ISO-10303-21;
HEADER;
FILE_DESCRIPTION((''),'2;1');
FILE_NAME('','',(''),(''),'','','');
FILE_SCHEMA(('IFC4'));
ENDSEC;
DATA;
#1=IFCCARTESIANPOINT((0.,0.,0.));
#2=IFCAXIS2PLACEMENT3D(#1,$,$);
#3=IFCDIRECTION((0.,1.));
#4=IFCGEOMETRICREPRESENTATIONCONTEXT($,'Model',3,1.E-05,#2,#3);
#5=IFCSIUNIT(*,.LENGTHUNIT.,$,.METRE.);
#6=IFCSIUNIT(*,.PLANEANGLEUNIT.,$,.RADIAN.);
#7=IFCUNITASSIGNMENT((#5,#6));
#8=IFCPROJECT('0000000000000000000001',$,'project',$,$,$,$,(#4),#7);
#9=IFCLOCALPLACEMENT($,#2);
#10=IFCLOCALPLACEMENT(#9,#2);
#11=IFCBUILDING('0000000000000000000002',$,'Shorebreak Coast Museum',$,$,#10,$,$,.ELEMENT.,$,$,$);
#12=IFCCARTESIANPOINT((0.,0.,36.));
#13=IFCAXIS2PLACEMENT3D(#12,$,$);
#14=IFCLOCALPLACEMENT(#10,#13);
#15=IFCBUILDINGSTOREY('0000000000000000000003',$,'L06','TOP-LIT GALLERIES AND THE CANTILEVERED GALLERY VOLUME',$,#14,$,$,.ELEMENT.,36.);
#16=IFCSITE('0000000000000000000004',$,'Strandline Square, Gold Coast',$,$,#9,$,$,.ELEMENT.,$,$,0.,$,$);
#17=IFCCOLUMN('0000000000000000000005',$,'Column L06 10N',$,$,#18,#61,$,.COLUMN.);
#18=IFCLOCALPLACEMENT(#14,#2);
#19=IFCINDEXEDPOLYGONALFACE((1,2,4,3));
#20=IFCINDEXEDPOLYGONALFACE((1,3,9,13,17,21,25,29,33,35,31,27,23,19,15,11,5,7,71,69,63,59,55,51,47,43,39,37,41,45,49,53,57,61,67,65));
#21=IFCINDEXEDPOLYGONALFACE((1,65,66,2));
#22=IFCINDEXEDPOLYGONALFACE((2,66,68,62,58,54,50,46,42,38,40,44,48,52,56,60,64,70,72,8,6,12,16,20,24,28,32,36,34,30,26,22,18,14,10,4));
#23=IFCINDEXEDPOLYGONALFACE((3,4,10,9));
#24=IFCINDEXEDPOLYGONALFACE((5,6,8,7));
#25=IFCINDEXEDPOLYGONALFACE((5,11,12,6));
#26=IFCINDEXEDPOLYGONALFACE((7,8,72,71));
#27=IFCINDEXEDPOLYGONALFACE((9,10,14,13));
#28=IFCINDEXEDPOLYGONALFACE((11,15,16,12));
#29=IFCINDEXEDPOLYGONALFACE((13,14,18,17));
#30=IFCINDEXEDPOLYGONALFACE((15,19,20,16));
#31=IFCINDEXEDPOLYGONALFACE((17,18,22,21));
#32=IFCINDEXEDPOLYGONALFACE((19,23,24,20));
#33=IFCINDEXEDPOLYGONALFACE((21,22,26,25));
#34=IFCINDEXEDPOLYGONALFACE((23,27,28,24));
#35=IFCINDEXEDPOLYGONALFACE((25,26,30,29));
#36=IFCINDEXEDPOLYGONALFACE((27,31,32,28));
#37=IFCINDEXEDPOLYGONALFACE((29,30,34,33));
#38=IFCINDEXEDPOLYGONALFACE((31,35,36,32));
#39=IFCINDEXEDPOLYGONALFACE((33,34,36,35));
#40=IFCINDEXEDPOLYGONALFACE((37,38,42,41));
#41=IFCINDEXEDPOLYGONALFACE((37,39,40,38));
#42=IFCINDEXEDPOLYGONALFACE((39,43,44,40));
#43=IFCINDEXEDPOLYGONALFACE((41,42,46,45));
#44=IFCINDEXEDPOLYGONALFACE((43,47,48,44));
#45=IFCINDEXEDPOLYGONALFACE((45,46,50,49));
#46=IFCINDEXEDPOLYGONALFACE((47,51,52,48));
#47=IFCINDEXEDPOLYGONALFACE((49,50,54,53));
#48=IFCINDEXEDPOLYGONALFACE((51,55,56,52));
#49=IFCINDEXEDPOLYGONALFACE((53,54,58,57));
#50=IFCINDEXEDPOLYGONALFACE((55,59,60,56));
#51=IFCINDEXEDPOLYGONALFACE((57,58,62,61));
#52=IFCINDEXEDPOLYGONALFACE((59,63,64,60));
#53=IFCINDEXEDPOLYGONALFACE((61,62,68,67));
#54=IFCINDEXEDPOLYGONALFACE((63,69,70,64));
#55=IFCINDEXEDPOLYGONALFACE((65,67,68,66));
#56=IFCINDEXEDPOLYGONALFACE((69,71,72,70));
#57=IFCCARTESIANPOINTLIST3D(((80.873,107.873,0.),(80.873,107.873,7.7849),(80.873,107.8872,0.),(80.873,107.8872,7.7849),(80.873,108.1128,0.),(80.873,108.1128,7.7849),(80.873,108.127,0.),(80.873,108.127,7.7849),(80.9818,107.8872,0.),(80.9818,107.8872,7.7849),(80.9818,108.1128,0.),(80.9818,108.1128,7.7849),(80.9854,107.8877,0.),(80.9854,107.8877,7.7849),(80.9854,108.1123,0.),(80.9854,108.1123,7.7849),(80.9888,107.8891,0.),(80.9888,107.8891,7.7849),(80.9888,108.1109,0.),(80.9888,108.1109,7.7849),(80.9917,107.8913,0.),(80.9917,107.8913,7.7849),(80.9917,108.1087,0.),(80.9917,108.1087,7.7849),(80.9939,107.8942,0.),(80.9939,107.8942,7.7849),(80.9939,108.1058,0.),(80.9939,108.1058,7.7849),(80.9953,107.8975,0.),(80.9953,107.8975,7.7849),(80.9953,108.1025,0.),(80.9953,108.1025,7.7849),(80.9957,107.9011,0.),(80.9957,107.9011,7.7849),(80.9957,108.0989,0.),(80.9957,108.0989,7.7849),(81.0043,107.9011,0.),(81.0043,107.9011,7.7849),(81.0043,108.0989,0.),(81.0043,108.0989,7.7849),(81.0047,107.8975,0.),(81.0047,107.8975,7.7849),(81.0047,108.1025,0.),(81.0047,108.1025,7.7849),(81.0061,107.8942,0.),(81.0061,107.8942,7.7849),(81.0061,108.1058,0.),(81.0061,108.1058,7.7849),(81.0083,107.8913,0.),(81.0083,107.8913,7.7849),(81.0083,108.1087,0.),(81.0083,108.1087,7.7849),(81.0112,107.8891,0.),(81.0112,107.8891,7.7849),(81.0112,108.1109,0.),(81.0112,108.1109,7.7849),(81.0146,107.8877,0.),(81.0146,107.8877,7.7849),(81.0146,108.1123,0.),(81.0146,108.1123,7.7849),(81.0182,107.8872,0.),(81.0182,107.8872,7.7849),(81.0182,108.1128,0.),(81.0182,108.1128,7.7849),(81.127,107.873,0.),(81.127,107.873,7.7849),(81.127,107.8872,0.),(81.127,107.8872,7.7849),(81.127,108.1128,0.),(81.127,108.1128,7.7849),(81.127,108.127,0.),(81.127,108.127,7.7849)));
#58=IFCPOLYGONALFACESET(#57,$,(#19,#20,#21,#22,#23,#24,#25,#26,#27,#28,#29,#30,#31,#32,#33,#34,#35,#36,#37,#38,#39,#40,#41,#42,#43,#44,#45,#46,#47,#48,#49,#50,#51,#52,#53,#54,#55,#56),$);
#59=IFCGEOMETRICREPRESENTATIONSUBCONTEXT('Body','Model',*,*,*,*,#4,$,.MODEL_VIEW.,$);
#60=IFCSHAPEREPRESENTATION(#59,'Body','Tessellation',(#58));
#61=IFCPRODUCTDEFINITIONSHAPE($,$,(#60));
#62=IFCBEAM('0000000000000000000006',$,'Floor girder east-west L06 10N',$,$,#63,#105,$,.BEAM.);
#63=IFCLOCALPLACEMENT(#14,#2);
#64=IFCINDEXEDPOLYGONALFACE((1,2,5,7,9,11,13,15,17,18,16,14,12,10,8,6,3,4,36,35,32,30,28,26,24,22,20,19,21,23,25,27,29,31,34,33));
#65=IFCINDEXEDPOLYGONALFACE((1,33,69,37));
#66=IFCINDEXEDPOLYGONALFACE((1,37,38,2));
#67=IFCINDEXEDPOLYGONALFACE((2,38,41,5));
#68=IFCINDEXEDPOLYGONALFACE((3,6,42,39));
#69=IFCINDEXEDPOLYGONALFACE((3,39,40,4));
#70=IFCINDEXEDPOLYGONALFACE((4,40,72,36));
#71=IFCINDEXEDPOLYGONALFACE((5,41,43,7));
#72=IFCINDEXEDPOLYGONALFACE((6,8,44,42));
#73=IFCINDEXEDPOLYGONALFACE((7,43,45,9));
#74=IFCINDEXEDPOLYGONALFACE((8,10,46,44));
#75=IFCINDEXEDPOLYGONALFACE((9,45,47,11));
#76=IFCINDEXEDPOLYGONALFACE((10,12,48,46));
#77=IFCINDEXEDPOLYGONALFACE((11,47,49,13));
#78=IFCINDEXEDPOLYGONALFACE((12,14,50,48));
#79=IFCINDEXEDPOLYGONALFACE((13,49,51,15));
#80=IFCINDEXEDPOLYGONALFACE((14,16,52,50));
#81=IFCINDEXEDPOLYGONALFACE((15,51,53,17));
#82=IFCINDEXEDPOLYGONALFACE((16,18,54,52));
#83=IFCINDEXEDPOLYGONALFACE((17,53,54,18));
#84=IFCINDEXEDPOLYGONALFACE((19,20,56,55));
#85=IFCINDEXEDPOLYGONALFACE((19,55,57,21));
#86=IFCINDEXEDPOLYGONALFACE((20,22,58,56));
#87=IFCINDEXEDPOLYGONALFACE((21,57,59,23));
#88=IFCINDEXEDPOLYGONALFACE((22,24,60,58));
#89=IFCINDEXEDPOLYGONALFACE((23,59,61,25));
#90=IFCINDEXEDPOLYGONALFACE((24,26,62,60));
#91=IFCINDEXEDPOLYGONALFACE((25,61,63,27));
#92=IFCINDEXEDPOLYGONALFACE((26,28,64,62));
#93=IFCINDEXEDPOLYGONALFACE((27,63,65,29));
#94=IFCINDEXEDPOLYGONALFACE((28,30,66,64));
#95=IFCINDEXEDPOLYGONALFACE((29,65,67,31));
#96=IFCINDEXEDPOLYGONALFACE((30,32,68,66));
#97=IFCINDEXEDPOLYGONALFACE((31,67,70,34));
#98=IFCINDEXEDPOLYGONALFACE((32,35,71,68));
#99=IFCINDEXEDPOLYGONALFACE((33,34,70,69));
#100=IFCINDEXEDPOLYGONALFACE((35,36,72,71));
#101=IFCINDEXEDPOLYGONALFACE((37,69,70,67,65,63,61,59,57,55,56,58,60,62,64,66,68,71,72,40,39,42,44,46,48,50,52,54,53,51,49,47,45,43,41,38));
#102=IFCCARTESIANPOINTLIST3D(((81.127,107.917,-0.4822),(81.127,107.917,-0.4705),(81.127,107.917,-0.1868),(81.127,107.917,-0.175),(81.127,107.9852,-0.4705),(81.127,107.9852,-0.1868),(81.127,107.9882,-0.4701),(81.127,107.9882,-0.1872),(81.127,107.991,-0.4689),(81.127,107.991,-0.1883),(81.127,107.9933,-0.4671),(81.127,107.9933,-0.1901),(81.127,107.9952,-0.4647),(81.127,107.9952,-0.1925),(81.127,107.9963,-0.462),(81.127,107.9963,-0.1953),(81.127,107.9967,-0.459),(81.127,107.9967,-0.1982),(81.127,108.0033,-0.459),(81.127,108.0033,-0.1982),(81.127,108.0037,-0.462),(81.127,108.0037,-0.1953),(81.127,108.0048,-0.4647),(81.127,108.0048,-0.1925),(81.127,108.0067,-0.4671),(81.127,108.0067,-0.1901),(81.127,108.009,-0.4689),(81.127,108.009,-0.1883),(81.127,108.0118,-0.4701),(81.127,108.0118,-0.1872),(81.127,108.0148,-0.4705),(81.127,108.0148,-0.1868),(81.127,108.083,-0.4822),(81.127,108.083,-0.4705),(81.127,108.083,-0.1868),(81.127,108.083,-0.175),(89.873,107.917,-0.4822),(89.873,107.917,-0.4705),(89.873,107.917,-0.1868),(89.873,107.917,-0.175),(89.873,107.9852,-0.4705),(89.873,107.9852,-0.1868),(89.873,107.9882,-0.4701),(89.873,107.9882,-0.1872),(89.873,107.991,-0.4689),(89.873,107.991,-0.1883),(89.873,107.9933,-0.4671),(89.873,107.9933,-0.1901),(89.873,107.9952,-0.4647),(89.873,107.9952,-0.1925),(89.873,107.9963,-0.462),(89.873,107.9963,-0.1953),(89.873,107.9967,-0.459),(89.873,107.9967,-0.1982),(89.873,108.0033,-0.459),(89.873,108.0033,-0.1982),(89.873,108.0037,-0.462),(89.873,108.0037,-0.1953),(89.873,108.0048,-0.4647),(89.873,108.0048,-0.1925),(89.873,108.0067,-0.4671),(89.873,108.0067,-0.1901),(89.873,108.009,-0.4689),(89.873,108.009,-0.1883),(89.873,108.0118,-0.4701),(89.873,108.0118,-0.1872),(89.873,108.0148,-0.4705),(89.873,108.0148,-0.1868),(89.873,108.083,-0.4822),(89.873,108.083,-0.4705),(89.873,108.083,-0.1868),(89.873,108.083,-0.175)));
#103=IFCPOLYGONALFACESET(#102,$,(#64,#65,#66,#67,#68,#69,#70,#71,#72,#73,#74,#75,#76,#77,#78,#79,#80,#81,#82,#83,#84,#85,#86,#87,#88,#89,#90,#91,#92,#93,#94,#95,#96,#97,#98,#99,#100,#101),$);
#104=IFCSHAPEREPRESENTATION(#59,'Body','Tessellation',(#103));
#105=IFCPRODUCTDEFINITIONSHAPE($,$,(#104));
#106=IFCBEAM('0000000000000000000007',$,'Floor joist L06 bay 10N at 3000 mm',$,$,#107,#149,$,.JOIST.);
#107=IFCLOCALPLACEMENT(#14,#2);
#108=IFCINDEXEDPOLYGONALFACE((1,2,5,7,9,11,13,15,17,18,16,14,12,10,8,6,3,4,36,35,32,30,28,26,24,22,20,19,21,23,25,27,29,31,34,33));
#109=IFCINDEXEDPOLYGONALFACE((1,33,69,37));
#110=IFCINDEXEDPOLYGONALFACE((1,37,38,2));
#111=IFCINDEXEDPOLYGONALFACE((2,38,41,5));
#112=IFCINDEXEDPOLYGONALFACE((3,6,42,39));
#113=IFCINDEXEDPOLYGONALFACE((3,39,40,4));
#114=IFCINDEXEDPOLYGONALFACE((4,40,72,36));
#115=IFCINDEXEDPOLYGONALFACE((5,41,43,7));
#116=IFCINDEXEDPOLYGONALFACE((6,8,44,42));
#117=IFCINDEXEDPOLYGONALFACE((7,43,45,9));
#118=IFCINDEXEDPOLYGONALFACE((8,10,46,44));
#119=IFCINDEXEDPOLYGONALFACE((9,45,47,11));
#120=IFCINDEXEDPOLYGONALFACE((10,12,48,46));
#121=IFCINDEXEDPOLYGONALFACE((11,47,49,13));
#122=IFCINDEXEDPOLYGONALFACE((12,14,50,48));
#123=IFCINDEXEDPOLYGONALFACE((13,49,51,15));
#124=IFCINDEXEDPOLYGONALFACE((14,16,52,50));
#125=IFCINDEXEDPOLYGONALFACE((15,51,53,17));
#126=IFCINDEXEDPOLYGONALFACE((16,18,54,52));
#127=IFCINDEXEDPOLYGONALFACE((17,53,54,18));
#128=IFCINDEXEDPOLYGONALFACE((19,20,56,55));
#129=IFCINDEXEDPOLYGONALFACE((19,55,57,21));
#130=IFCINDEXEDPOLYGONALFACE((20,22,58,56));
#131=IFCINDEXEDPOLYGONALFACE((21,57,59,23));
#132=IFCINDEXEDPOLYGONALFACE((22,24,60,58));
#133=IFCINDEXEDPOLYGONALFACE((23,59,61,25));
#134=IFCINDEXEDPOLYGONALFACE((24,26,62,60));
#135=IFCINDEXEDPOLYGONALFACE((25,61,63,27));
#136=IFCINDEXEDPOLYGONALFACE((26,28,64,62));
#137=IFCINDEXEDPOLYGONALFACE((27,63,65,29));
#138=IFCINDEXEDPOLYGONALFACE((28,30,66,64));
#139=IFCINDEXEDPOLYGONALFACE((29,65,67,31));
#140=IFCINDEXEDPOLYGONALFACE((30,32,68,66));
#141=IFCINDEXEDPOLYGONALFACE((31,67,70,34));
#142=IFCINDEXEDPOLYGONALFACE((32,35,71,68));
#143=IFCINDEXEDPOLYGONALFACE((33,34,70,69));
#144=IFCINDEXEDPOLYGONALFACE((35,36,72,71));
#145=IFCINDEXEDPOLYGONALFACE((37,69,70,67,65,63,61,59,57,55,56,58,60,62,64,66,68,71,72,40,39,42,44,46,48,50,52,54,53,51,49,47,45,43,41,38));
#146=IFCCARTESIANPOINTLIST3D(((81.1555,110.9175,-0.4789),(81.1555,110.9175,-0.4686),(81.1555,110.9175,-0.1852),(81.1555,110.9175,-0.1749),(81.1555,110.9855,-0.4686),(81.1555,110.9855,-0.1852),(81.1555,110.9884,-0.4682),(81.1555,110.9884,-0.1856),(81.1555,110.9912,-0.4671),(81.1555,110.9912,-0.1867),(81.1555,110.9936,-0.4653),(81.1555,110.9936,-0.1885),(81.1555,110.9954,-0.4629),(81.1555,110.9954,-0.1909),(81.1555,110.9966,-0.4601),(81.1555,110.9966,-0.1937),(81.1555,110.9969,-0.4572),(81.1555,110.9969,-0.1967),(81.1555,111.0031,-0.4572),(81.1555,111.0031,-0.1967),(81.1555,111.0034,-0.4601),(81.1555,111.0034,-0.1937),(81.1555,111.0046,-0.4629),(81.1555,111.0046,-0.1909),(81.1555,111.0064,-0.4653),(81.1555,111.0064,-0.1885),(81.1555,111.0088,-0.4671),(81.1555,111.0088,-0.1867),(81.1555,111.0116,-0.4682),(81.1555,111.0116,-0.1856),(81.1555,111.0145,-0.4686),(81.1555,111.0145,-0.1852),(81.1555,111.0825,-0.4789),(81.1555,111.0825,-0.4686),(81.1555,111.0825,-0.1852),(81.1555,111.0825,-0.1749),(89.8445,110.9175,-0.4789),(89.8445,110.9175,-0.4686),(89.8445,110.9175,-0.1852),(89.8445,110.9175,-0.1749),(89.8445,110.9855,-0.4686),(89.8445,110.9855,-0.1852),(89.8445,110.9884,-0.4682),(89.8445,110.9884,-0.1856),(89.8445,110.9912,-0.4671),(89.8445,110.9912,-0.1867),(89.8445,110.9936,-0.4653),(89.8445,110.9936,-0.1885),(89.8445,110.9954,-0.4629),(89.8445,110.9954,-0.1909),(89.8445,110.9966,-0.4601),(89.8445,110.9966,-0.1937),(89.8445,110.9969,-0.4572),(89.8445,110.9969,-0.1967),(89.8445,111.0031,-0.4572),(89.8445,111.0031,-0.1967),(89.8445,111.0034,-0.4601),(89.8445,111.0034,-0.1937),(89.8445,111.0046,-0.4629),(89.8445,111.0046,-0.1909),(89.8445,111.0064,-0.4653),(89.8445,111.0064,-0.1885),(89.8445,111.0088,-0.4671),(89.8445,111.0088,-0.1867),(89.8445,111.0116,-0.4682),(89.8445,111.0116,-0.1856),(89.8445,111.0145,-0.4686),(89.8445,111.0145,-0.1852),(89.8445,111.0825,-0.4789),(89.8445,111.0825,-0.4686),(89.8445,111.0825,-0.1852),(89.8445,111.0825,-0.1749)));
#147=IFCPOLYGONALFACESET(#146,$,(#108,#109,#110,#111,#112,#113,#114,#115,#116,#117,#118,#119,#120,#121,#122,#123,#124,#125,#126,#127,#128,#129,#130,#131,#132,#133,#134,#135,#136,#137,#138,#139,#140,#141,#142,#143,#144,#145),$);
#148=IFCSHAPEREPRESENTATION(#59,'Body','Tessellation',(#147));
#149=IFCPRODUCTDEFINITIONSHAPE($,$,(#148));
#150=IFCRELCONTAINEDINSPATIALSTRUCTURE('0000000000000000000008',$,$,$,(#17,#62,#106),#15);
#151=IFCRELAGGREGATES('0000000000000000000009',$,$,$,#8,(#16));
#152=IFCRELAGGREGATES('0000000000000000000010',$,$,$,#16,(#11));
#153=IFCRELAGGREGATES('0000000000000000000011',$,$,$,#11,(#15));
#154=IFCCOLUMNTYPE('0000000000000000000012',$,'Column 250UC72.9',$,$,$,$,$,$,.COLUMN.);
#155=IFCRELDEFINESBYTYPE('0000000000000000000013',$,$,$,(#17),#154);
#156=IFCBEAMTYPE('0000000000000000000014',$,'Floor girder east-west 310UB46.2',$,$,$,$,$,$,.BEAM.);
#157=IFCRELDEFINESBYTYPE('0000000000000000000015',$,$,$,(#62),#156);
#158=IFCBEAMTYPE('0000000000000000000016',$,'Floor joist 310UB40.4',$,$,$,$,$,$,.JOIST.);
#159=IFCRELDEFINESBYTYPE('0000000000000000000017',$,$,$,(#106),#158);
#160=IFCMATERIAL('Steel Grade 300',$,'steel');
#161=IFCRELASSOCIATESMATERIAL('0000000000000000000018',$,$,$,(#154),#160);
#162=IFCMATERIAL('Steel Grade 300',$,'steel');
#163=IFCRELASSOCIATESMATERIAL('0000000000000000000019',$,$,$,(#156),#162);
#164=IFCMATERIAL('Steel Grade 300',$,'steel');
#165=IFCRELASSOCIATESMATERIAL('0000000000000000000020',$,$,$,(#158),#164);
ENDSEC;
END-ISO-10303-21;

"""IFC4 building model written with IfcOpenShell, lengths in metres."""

from ifc_helpers import new_model, si_unit, direction, frame, origin, origin_2d, place, context, subcontext, project, spatial, i_section, extrude, material, material_profile, profile_set, type_object, element, save


model = new_model("IFC4")

# Units and contexts
model_context = context("Model", 3, precision=1e-05, world=origin(), true_north=direction((0.0, 1.0)))
body_context = subcontext(model_context, "Body", "Model", "MODEL_VIEW")
ifc_project = project(units=[si_unit("LENGTHUNIT", "METRE"), si_unit("PLANEANGLEUNIT", "RADIAN")], contexts=[model_context])

# Site, building, storey
site_placement = place(None, origin())
site = spatial("IfcSite", under=ifc_project, at=site_placement, Name="Strandline Square, Gold Coast", CompositionType="ELEMENT", RefElevation=0.0)
building_placement = place(site_placement, origin())
building = spatial("IfcBuilding", under=site, at=building_placement, Name="Shorebreak Coast Museum", CompositionType="ELEMENT")
storey_placement = place(building_placement, frame((0.0, 0.0, 36.0)))
storey = spatial("IfcBuildingStorey", under=building, at=storey_placement, Name="L06", Description="TOP-LIT GALLERIES AND THE CANTILEVERED GALLERY VOLUME", CompositionType="ELEMENT", Elevation=36.0)

# Column
ifc_material_1 = material(Name="Steel Grade 300", Category="steel")
ifc_material_profile_1 = material_profile(ifc_material_1, i_section(OverallWidth=0.2539, OverallDepth=0.2539, WebThickness=0.0085, FlangeThickness=0.0142, FilletRadius=0.0139, at=origin_2d()), Name="250UC72.9")
ifc_profile_set_1 = profile_set([ifc_material_profile_1], Name="Steel Grade 300")
column_type = type_object("IfcColumnType", Name="Column 250UC72.9", PredefinedType="COLUMN", material=ifc_profile_set_1)
column_placement = place(storey_placement, frame((81.0, 108.0, 0.0), z_axis=(0.0, 0.0, 1.0), x_axis=(1.0, 0.0, 0.0)))
element("IfcColumn", 1, at=column_placement, inside=storey, type_object=column_type, Name="Column L06 10N", PredefinedType="COLUMN", context=body_context, shape_type="SweptSolid", body=[
    extrude(i_section(OverallWidth=0.2539, OverallDepth=0.2539, WebThickness=0.0085, FlangeThickness=0.0142, FilletRadius=0.0139, at=origin_2d()), origin(), (0.0, 0.0, 1.0), 7.7849),
])

# Beams
ifc_material_2 = material(Name="Steel Grade 300", Category="steel")
ifc_material_profile_2 = material_profile(ifc_material_2, i_section(OverallWidth=0.166, OverallDepth=0.3071, WebThickness=0.0066, FlangeThickness=0.0117, FilletRadius=0.0115, at=origin_2d()), Name="310UB46.2")
ifc_profile_set_2 = profile_set([ifc_material_profile_2], Name="Steel Grade 300")
beam_type_1 = type_object("IfcBeamType", Name="Floor girder east-west 310UB46.2", PredefinedType="BEAM", material=ifc_profile_set_2)
beam_1_placement = place(storey_placement, frame((81.127, 108.0, -0.3286), z_axis=(1.0, 0.0, 0.0), x_axis=(0.0, 1.0, 0.0)))
element("IfcBeam", 2, at=beam_1_placement, inside=storey, type_object=beam_type_1, Name="Floor girder east-west L06 10N", PredefinedType="BEAM", context=body_context, shape_type="SweptSolid", body=[
    extrude(i_section(OverallWidth=0.166, OverallDepth=0.3071, WebThickness=0.0066, FlangeThickness=0.0117, FilletRadius=0.0115, at=origin_2d()), origin(), (0.0, 0.0, 1.0), 8.7461),
])
ifc_material_3 = material(Name="Steel Grade 300", Category="steel")
ifc_material_profile_3 = material_profile(ifc_material_3, i_section(OverallWidth=0.165, OverallDepth=0.304, WebThickness=0.0061, FlangeThickness=0.0103, FilletRadius=0.0115, at=origin_2d()), Name="310UB40.4")
ifc_profile_set_3 = profile_set([ifc_material_profile_3], Name="Steel Grade 300")
beam_type_2 = type_object("IfcBeamType", Name="Floor joist 310UB40.4", PredefinedType="JOIST", material=ifc_profile_set_3)
beam_2_placement = place(storey_placement, frame((81.1555, 111.0, -0.3269), z_axis=(1.0, 0.0, 0.0), x_axis=(0.0, 1.0, 0.0)))
element("IfcBeam", 3, at=beam_2_placement, inside=storey, type_object=beam_type_2, Name="Floor joist L06 bay 10N at 3000 mm", PredefinedType="JOIST", context=body_context, shape_type="SweptSolid", body=[
    extrude(i_section(OverallWidth=0.165, OverallDepth=0.304, WebThickness=0.0061, FlangeThickness=0.0103, FilletRadius=0.0115, at=origin_2d()), origin(), (0.0, 0.0, 1.0), 8.689),
])

save(model, "model.ifc")
